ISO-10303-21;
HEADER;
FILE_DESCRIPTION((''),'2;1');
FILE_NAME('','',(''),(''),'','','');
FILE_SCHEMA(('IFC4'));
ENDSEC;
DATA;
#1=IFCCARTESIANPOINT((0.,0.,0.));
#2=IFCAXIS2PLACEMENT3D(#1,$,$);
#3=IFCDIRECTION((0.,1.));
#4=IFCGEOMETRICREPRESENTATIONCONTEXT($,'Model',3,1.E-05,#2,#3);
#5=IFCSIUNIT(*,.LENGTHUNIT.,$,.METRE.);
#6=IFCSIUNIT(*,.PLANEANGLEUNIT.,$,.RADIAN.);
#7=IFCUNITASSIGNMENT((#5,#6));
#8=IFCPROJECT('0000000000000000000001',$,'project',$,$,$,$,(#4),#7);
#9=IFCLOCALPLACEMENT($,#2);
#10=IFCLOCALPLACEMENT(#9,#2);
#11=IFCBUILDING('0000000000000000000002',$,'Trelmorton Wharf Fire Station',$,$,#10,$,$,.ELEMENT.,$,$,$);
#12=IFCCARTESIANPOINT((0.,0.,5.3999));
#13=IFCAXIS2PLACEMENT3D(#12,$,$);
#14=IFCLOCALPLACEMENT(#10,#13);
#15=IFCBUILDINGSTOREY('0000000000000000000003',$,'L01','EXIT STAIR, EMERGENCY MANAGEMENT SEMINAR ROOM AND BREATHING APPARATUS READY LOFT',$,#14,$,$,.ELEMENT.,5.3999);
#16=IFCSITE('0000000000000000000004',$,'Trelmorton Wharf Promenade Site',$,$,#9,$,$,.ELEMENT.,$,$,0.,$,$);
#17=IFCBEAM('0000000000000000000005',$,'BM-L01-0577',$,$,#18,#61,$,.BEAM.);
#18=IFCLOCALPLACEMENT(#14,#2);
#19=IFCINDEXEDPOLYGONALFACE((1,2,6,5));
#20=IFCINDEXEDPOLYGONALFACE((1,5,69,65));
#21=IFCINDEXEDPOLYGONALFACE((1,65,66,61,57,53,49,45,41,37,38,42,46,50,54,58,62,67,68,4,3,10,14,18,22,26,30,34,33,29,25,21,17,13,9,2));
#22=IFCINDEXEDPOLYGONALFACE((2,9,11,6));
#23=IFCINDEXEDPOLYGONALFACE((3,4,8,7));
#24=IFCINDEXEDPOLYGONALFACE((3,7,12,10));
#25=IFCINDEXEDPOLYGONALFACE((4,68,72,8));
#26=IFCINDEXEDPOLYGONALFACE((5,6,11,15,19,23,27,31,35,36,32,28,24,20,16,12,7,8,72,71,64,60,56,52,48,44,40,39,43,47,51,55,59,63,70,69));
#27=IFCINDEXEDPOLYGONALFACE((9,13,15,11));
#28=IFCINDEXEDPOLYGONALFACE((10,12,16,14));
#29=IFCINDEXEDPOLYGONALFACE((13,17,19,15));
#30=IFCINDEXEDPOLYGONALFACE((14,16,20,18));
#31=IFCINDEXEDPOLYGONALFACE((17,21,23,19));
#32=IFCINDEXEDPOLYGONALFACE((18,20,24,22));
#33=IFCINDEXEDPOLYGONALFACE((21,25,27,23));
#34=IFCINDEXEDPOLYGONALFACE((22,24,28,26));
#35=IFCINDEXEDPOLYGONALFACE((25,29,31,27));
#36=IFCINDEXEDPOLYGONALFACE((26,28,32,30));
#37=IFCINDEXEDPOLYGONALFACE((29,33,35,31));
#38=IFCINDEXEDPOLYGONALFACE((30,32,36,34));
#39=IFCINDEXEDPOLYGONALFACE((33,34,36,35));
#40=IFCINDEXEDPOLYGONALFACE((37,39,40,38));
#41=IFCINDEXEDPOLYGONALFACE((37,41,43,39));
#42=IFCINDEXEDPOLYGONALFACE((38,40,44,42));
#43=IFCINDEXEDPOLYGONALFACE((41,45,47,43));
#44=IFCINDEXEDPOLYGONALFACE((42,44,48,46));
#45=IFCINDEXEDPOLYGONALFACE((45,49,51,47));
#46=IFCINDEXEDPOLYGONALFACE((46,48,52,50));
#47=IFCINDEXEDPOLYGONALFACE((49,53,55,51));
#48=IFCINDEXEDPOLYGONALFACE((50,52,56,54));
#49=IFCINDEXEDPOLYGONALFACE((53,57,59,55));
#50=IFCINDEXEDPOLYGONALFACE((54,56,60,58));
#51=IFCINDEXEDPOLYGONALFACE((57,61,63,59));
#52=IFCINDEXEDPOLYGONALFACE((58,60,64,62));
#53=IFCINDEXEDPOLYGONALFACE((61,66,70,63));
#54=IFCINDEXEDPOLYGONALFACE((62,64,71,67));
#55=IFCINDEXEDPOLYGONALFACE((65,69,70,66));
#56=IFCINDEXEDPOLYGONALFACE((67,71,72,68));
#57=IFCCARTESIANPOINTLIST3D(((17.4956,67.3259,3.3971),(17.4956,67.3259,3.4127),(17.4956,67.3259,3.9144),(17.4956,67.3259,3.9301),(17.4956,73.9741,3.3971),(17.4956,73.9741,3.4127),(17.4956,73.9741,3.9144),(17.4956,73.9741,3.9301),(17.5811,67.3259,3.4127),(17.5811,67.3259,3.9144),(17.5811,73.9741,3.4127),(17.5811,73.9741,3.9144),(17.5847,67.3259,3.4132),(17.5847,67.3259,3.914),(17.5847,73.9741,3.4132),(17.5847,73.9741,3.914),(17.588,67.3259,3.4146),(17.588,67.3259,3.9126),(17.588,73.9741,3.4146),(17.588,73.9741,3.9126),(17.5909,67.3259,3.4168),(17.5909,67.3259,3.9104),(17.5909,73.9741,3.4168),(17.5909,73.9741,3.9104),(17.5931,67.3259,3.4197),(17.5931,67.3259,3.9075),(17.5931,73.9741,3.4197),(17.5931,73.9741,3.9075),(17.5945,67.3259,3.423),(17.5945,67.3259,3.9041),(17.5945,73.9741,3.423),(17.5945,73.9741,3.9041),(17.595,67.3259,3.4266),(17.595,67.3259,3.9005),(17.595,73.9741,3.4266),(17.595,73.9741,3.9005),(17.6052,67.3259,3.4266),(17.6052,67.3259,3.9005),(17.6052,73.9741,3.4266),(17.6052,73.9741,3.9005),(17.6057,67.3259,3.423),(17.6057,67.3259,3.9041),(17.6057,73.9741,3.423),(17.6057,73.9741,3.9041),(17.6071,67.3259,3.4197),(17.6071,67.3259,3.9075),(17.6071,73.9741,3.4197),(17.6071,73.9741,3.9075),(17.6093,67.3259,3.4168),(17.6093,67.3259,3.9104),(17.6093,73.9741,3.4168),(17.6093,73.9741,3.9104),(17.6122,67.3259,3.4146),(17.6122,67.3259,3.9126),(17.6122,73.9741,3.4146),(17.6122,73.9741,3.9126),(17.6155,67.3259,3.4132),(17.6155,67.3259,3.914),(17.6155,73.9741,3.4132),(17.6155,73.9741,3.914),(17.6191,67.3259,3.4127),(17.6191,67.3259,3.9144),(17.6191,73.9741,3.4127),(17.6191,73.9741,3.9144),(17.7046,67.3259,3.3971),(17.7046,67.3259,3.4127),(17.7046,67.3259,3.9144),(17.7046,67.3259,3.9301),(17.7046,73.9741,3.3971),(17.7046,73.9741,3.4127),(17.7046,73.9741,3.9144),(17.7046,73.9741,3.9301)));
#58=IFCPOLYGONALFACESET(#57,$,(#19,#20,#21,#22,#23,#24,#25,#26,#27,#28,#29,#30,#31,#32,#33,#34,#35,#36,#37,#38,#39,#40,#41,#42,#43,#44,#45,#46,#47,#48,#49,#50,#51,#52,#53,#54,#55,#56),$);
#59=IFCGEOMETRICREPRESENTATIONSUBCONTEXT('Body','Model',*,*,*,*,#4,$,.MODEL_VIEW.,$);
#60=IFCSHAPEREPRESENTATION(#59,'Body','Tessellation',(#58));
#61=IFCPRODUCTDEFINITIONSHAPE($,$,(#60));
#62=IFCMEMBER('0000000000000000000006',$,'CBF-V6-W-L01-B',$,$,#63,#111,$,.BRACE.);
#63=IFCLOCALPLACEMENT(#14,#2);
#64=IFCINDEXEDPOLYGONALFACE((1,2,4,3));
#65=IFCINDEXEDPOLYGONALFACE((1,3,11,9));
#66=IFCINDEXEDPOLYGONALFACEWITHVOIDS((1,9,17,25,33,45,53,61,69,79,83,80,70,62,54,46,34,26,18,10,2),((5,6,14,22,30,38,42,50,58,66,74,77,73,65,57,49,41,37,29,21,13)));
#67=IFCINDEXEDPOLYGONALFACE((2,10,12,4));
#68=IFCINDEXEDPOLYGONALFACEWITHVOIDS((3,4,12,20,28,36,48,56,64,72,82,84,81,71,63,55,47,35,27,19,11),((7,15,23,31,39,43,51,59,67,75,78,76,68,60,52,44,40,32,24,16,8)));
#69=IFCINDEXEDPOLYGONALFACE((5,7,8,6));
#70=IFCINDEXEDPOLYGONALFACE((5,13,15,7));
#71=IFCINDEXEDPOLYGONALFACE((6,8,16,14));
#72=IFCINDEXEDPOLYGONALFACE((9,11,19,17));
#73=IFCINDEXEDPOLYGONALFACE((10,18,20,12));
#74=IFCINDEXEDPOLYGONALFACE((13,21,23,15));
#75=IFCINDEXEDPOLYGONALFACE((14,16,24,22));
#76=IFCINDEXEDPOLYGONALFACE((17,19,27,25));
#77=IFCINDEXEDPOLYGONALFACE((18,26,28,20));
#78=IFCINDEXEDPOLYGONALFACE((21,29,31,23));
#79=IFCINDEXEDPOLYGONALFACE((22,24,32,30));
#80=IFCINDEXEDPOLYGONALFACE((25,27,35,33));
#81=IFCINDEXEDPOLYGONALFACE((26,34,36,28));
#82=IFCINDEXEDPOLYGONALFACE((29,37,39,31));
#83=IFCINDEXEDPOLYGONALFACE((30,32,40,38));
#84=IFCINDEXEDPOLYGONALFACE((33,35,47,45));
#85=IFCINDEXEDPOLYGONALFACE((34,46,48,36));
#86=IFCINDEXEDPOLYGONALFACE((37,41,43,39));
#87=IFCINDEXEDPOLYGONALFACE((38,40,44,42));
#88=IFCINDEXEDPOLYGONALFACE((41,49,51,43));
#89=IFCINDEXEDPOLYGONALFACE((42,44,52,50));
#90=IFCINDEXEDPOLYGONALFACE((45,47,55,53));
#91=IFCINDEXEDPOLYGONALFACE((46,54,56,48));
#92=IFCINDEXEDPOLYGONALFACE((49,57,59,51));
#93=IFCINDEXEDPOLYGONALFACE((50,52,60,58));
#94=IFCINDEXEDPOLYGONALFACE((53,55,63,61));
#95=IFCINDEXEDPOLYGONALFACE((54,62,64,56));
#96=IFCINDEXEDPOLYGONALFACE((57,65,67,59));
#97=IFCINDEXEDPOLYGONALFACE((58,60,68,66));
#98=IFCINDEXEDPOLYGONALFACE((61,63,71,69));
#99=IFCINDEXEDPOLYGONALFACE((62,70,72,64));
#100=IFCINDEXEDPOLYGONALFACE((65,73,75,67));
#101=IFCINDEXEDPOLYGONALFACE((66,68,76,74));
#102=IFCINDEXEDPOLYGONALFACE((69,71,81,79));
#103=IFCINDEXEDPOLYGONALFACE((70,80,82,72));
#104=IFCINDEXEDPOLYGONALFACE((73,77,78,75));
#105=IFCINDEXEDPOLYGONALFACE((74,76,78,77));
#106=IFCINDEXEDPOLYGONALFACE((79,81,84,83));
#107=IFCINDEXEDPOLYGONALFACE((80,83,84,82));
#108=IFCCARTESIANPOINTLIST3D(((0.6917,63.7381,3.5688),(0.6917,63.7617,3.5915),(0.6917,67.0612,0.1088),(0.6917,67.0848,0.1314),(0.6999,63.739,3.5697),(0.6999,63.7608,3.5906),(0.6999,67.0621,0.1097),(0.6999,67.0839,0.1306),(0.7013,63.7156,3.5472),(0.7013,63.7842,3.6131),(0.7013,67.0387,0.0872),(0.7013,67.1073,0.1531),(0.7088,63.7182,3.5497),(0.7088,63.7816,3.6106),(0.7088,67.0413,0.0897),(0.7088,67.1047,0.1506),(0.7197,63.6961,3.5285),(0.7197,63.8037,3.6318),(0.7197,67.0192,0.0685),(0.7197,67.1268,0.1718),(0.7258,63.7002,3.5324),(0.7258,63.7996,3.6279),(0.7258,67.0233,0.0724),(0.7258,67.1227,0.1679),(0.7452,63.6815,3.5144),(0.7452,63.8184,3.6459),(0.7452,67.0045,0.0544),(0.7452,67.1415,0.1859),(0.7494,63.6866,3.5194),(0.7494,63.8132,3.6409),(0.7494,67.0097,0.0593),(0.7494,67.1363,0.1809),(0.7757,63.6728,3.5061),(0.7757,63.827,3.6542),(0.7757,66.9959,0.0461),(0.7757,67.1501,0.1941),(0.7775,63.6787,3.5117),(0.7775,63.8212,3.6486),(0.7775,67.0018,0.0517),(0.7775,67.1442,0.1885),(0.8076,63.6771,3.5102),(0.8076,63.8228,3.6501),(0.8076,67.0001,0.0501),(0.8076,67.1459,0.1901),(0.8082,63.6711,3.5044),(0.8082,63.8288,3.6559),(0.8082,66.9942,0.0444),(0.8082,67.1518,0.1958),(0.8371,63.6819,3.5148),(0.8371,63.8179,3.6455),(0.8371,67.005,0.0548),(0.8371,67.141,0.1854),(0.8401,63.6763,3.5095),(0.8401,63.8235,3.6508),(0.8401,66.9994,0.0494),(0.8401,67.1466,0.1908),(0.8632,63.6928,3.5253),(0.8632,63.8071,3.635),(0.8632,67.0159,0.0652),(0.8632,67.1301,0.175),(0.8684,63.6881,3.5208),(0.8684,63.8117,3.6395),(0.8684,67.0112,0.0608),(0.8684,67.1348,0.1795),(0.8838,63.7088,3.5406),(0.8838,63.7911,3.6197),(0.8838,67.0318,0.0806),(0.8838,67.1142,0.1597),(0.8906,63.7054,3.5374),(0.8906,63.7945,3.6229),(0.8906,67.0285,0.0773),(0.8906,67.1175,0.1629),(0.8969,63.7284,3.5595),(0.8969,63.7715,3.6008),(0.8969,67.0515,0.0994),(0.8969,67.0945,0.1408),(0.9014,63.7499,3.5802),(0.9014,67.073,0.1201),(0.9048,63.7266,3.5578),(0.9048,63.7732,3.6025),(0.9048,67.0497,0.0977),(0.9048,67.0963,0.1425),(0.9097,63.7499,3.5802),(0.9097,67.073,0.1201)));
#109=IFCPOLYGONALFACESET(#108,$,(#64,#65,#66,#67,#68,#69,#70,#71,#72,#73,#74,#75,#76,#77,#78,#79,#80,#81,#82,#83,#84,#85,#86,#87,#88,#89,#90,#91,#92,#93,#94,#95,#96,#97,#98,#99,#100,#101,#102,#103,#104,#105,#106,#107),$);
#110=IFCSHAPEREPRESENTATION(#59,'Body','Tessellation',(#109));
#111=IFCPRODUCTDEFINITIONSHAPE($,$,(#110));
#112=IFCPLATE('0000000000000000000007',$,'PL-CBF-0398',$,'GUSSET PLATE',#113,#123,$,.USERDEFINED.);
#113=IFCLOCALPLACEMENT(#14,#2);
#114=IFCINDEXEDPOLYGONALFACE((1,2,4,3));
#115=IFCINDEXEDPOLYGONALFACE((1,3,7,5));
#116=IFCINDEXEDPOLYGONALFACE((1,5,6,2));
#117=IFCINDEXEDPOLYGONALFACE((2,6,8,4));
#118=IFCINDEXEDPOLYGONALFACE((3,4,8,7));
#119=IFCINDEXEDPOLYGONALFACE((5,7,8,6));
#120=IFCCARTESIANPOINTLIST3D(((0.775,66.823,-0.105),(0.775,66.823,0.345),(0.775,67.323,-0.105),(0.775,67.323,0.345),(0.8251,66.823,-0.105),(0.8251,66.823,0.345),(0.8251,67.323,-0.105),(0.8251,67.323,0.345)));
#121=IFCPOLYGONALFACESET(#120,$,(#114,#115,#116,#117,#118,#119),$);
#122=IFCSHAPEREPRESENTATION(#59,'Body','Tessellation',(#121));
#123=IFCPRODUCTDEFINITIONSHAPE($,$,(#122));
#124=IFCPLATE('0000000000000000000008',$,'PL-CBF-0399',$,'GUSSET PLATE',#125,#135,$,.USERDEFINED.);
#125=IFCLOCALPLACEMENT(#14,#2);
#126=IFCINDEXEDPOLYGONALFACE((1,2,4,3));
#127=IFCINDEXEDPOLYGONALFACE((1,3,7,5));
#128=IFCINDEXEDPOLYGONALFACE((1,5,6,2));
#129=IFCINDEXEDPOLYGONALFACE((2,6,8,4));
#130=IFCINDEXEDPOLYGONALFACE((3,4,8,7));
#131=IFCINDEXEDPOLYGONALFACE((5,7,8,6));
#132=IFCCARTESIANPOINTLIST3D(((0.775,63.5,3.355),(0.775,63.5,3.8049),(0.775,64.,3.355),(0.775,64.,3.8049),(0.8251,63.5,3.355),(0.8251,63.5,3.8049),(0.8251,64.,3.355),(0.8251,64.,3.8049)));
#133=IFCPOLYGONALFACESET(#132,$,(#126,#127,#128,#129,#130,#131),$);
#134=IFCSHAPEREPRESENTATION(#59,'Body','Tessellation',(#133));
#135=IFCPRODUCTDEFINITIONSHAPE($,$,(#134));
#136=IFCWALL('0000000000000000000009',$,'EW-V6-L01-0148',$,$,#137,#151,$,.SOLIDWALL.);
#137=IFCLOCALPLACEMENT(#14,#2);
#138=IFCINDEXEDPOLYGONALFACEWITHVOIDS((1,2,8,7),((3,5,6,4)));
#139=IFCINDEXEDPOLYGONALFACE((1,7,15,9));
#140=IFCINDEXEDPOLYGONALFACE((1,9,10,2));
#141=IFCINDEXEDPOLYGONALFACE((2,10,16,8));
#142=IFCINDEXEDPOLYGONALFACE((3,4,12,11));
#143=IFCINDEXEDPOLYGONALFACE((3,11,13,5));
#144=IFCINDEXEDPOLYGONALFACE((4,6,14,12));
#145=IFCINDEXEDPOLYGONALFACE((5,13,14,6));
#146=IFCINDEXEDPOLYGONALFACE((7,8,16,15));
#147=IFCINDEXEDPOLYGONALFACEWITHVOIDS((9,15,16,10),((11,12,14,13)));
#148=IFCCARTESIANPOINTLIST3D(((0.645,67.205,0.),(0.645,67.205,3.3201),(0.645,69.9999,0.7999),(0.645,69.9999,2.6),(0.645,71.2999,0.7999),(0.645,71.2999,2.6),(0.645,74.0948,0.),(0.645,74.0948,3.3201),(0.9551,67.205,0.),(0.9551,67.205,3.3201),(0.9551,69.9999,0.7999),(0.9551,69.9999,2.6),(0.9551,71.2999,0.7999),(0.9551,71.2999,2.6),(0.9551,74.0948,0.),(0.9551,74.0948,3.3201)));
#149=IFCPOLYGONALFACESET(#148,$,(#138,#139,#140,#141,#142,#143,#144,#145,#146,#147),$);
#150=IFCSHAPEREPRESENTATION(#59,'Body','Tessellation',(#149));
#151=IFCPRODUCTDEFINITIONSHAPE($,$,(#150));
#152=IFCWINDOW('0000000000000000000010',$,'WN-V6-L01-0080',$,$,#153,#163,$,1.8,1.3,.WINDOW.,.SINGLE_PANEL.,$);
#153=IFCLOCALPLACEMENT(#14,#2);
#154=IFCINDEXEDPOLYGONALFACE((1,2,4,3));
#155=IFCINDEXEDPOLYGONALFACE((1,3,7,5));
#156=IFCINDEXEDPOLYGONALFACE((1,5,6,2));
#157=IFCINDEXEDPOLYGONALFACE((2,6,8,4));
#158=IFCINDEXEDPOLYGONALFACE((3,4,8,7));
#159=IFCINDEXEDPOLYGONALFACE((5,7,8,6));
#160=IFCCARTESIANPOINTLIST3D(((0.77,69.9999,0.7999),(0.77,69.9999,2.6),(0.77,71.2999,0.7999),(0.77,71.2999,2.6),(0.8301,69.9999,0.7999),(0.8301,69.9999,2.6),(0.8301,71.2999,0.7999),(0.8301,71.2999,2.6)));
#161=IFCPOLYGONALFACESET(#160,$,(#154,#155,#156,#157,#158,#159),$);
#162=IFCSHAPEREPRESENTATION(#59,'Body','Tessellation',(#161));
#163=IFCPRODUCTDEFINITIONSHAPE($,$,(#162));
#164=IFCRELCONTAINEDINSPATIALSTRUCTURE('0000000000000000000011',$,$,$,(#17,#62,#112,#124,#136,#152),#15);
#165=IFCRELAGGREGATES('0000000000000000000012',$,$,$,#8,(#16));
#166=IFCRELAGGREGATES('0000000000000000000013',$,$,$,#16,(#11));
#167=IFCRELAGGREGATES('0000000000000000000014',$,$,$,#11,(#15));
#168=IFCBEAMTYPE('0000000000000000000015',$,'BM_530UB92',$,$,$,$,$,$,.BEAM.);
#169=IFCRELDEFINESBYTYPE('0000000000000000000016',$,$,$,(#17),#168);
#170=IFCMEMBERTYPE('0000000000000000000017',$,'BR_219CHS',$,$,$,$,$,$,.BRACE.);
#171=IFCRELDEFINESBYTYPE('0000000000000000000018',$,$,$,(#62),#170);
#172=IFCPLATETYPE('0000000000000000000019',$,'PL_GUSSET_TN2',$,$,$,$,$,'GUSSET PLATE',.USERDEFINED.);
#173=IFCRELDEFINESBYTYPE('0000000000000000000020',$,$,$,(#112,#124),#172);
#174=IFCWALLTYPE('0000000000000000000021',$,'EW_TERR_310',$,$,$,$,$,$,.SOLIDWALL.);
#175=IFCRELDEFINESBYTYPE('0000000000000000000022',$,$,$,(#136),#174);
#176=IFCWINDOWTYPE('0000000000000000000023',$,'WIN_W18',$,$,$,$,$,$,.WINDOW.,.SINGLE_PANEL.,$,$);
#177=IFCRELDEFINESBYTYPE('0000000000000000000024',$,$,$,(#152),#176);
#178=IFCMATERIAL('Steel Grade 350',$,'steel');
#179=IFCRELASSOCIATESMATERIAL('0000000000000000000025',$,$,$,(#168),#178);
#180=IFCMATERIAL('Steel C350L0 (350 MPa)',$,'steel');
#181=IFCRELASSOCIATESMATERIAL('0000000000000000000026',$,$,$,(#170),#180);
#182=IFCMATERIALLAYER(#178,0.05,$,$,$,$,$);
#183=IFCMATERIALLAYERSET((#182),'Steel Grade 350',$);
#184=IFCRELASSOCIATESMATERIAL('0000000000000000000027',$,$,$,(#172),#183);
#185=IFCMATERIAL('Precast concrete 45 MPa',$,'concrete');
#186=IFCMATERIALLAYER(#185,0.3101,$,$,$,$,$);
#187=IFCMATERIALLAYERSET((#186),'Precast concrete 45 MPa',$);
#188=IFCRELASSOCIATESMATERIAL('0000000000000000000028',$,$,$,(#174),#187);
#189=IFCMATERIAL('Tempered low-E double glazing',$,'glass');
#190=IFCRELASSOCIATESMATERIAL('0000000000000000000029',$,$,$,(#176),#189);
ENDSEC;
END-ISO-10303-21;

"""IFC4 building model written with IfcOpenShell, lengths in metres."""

from ifc_helpers import new_model, si_unit, direction, frame, frame_2d, origin, origin_2d, place, context, subcontext, project, spatial, rectangle, hollow_circle, i_section, extrude, material, layer, layer_set, material_profile, profile_set, type_object, element, fill, save


model = new_model("IFC4")

# Units and contexts
model_context = context("Model", 3, precision=1e-05, world=origin(), true_north=direction((0.0, 1.0)))
body_context = subcontext(model_context, "Body", "Model", "MODEL_VIEW")
ifc_project = project(units=[si_unit("LENGTHUNIT", "METRE"), si_unit("PLANEANGLEUNIT", "RADIAN")], contexts=[model_context])

# Site, building, storey
site_placement = place(None, origin())
site = spatial("IfcSite", under=ifc_project, at=site_placement, Name="Trelmorton Wharf Promenade Site", CompositionType="ELEMENT", RefElevation=0.0)
building_placement = place(site_placement, origin())
building = spatial("IfcBuilding", under=site, at=building_placement, Name="Trelmorton Wharf Fire Station", CompositionType="ELEMENT")
storey_placement = place(building_placement, frame((0.0, 0.0, 5.3999)))
storey = spatial("IfcBuildingStorey", under=building, at=storey_placement, Name="L01", Description="EXIT STAIR, EMERGENCY MANAGEMENT SEMINAR ROOM AND BREATHING APPARATUS READY LOFT", CompositionType="ELEMENT", Elevation=5.3999)

# Shared definitions
ifc_material_1 = material(Name="Steel Grade 350", Category="steel")

# Beam
ifc_material_profile_1 = material_profile(ifc_material_1, i_section(OverallWidth=0.209, OverallDepth=0.533, WebThickness=0.0103, FlangeThickness=0.0156, FilletRadius=0.0139, at=origin_2d()), Name="530UB92.4")
ifc_profile_set_1 = profile_set([ifc_material_profile_1], Name="Steel Grade 350")
beam_type_1 = type_object("IfcBeamType", Name="BM_530UB92", PredefinedType="BEAM", material=ifc_profile_set_1)
for number, where, z_axis, x_axis, name in (
    (1, (17.6001, 67.3259, 3.6636), (0.0, 1.0, 0.0), (-1.0, 0.0, 0.0), "BM-L01-0577"),
):
    element("IfcBeam", number, at=place(storey_placement, frame(where, z_axis=z_axis, x_axis=x_axis)), inside=storey, type_object=beam_type_1, Name=name, PredefinedType="BEAM", context=body_context, shape_type="SweptSolid", body=[
        extrude(i_section(OverallWidth=0.209, OverallDepth=0.533, WebThickness=0.0103, FlangeThickness=0.0156, FilletRadius=0.0139, at=origin_2d()), origin(), (0.0, 0.0, 1.0), 6.6482),
    ])

# Member
ifc_material_2 = material(Name="Steel C350L0 (350 MPa)", Category="steel")
ifc_material_profile_2 = material_profile(ifc_material_2, hollow_circle(Radius=0.1096, WallThickness=0.0083, at=origin_2d()), Name="219.1x8.2CHS")
ifc_profile_set_2 = profile_set([ifc_material_profile_2], Name="Steel C350L0 (350 MPa)")
member_type = type_object("IfcMemberType", Name="BR_219CHS", PredefinedType="BRACE", material=ifc_profile_set_2)
member_placement = place(storey_placement, frame((0.8, 67.073, 0.1201), z_axis=(0.0, -0.692688, 0.721238), x_axis=(1.0, 0.0, 0.0)))
element("IfcMember", 2, at=member_placement, inside=storey, type_object=member_type, Name="CBF-V6-W-L01-B", PredefinedType="BRACE", context=body_context, shape_type="SweptSolid", body=[
    extrude(hollow_circle(Radius=0.1096, WallThickness=0.0083, at=origin_2d()), origin(), (0.0, 0.0, 1.0), 4.7974),
])

# Plates
ifc_layer_1 = layer(ifc_material_1, 0.05)
ifc_layer_set_1 = layer_set([ifc_layer_1], Name="Steel Grade 350")
plate_type = type_object("IfcPlateType", Name="PL_GUSSET_TN2", ElementType="GUSSET PLATE", PredefinedType="USERDEFINED", material=ifc_layer_set_1)
for number, where, z_axis, x_axis, name in (
    (3, (0.8, 67.073, -0.105), (0.0, 0.0, 1.0), (1.0, 0.0, 0.0), "PL-CBF-0398"),
    (4, (0.8, 63.75, 3.355), (0.0, 0.0, 1.0), (1.0, 0.0, 0.0), "PL-CBF-0399"),
):
    element("IfcPlate", number, at=place(storey_placement, frame(where, z_axis=z_axis, x_axis=x_axis)), inside=storey, type_object=plate_type, Name=name, ObjectType="GUSSET PLATE", PredefinedType="USERDEFINED", context=body_context, shape_type="SweptSolid", body=[
        extrude(rectangle(XDim=0.05, YDim=0.5, at=origin_2d()), origin(), (0.0, 0.0, 1.0), 0.45),
    ])

# Wall, opening, window
ifc_material_3 = material(Name="Precast concrete 45 MPa", Category="concrete")
ifc_layer_2 = layer(ifc_material_3, 0.3101)
ifc_layer_set_2 = layer_set([ifc_layer_2], Name="Precast concrete 45 MPa")
wall_type_1 = type_object("IfcWallType", Name="EW_TERR_310", PredefinedType="SOLIDWALL", material=ifc_layer_set_2)
wall_1_placement = place(storey_placement, frame((0.8, 67.2051, 0.0), z_axis=(0.0, 0.0, 1.0), x_axis=(0.0, 1.0, 0.0)))
wall_1 = element("IfcWall", 5, at=wall_1_placement, inside=storey, type_object=wall_type_1, Name="EW-V6-L01-0148", PredefinedType="SOLIDWALL", context=body_context, shape_type="SweptSolid", body=[
    extrude(rectangle(XDim=6.8899, YDim=0.3101, at=frame_2d((3.4448, 0.0))), origin(), (0.0, 0.0, 1.0), 3.3201),
])
opening_1_placement = place(wall_1_placement, frame((2.7949, 0.0, 0.8)))
opening_1 = element("IfcOpeningElement", 6, at=opening_1_placement, cuts=wall_1, PredefinedType="OPENING", context=body_context, shape_type="SweptSolid", body=[
    extrude(rectangle(XDim=1.3, YDim=1.8, at=frame_2d((0.6499, 0.8999))), frame((0.0, 0.165, 0.0), z_axis=(0.0, -1.0, 0.0), x_axis=(1.0, 0.0, 0.0)), (0.0, 0.0, 1.0), 0.3301),
])
ifc_material_4 = material(Name="Tempered low-E double glazing", Category="glass")
window_type = type_object("IfcWindowType", Name="WIN_W18", PartitioningType="SINGLE_PANEL", PredefinedType="WINDOW", material=ifc_material_4)
window_placement = place(opening_1_placement, origin())
window = element("IfcWindow", 7, at=window_placement, inside=storey, type_object=window_type, Name="WN-V6-L01-0080", OverallHeight=1.8, OverallWidth=1.3, PartitioningType="SINGLE_PANEL", PredefinedType="WINDOW", context=body_context, shape_type="SweptSolid", body=[
    extrude(rectangle(XDim=1.3, YDim=1.8, at=frame_2d((0.6499, 0.8999))), frame((0.0, 0.03, 0.0), z_axis=(0.0, -1.0, 0.0), x_axis=(1.0, 0.0, 0.0)), (0.0, 0.0, 1.0), 0.0601),
])
fill(opening_1, window)

save(model, "model.ifc")
